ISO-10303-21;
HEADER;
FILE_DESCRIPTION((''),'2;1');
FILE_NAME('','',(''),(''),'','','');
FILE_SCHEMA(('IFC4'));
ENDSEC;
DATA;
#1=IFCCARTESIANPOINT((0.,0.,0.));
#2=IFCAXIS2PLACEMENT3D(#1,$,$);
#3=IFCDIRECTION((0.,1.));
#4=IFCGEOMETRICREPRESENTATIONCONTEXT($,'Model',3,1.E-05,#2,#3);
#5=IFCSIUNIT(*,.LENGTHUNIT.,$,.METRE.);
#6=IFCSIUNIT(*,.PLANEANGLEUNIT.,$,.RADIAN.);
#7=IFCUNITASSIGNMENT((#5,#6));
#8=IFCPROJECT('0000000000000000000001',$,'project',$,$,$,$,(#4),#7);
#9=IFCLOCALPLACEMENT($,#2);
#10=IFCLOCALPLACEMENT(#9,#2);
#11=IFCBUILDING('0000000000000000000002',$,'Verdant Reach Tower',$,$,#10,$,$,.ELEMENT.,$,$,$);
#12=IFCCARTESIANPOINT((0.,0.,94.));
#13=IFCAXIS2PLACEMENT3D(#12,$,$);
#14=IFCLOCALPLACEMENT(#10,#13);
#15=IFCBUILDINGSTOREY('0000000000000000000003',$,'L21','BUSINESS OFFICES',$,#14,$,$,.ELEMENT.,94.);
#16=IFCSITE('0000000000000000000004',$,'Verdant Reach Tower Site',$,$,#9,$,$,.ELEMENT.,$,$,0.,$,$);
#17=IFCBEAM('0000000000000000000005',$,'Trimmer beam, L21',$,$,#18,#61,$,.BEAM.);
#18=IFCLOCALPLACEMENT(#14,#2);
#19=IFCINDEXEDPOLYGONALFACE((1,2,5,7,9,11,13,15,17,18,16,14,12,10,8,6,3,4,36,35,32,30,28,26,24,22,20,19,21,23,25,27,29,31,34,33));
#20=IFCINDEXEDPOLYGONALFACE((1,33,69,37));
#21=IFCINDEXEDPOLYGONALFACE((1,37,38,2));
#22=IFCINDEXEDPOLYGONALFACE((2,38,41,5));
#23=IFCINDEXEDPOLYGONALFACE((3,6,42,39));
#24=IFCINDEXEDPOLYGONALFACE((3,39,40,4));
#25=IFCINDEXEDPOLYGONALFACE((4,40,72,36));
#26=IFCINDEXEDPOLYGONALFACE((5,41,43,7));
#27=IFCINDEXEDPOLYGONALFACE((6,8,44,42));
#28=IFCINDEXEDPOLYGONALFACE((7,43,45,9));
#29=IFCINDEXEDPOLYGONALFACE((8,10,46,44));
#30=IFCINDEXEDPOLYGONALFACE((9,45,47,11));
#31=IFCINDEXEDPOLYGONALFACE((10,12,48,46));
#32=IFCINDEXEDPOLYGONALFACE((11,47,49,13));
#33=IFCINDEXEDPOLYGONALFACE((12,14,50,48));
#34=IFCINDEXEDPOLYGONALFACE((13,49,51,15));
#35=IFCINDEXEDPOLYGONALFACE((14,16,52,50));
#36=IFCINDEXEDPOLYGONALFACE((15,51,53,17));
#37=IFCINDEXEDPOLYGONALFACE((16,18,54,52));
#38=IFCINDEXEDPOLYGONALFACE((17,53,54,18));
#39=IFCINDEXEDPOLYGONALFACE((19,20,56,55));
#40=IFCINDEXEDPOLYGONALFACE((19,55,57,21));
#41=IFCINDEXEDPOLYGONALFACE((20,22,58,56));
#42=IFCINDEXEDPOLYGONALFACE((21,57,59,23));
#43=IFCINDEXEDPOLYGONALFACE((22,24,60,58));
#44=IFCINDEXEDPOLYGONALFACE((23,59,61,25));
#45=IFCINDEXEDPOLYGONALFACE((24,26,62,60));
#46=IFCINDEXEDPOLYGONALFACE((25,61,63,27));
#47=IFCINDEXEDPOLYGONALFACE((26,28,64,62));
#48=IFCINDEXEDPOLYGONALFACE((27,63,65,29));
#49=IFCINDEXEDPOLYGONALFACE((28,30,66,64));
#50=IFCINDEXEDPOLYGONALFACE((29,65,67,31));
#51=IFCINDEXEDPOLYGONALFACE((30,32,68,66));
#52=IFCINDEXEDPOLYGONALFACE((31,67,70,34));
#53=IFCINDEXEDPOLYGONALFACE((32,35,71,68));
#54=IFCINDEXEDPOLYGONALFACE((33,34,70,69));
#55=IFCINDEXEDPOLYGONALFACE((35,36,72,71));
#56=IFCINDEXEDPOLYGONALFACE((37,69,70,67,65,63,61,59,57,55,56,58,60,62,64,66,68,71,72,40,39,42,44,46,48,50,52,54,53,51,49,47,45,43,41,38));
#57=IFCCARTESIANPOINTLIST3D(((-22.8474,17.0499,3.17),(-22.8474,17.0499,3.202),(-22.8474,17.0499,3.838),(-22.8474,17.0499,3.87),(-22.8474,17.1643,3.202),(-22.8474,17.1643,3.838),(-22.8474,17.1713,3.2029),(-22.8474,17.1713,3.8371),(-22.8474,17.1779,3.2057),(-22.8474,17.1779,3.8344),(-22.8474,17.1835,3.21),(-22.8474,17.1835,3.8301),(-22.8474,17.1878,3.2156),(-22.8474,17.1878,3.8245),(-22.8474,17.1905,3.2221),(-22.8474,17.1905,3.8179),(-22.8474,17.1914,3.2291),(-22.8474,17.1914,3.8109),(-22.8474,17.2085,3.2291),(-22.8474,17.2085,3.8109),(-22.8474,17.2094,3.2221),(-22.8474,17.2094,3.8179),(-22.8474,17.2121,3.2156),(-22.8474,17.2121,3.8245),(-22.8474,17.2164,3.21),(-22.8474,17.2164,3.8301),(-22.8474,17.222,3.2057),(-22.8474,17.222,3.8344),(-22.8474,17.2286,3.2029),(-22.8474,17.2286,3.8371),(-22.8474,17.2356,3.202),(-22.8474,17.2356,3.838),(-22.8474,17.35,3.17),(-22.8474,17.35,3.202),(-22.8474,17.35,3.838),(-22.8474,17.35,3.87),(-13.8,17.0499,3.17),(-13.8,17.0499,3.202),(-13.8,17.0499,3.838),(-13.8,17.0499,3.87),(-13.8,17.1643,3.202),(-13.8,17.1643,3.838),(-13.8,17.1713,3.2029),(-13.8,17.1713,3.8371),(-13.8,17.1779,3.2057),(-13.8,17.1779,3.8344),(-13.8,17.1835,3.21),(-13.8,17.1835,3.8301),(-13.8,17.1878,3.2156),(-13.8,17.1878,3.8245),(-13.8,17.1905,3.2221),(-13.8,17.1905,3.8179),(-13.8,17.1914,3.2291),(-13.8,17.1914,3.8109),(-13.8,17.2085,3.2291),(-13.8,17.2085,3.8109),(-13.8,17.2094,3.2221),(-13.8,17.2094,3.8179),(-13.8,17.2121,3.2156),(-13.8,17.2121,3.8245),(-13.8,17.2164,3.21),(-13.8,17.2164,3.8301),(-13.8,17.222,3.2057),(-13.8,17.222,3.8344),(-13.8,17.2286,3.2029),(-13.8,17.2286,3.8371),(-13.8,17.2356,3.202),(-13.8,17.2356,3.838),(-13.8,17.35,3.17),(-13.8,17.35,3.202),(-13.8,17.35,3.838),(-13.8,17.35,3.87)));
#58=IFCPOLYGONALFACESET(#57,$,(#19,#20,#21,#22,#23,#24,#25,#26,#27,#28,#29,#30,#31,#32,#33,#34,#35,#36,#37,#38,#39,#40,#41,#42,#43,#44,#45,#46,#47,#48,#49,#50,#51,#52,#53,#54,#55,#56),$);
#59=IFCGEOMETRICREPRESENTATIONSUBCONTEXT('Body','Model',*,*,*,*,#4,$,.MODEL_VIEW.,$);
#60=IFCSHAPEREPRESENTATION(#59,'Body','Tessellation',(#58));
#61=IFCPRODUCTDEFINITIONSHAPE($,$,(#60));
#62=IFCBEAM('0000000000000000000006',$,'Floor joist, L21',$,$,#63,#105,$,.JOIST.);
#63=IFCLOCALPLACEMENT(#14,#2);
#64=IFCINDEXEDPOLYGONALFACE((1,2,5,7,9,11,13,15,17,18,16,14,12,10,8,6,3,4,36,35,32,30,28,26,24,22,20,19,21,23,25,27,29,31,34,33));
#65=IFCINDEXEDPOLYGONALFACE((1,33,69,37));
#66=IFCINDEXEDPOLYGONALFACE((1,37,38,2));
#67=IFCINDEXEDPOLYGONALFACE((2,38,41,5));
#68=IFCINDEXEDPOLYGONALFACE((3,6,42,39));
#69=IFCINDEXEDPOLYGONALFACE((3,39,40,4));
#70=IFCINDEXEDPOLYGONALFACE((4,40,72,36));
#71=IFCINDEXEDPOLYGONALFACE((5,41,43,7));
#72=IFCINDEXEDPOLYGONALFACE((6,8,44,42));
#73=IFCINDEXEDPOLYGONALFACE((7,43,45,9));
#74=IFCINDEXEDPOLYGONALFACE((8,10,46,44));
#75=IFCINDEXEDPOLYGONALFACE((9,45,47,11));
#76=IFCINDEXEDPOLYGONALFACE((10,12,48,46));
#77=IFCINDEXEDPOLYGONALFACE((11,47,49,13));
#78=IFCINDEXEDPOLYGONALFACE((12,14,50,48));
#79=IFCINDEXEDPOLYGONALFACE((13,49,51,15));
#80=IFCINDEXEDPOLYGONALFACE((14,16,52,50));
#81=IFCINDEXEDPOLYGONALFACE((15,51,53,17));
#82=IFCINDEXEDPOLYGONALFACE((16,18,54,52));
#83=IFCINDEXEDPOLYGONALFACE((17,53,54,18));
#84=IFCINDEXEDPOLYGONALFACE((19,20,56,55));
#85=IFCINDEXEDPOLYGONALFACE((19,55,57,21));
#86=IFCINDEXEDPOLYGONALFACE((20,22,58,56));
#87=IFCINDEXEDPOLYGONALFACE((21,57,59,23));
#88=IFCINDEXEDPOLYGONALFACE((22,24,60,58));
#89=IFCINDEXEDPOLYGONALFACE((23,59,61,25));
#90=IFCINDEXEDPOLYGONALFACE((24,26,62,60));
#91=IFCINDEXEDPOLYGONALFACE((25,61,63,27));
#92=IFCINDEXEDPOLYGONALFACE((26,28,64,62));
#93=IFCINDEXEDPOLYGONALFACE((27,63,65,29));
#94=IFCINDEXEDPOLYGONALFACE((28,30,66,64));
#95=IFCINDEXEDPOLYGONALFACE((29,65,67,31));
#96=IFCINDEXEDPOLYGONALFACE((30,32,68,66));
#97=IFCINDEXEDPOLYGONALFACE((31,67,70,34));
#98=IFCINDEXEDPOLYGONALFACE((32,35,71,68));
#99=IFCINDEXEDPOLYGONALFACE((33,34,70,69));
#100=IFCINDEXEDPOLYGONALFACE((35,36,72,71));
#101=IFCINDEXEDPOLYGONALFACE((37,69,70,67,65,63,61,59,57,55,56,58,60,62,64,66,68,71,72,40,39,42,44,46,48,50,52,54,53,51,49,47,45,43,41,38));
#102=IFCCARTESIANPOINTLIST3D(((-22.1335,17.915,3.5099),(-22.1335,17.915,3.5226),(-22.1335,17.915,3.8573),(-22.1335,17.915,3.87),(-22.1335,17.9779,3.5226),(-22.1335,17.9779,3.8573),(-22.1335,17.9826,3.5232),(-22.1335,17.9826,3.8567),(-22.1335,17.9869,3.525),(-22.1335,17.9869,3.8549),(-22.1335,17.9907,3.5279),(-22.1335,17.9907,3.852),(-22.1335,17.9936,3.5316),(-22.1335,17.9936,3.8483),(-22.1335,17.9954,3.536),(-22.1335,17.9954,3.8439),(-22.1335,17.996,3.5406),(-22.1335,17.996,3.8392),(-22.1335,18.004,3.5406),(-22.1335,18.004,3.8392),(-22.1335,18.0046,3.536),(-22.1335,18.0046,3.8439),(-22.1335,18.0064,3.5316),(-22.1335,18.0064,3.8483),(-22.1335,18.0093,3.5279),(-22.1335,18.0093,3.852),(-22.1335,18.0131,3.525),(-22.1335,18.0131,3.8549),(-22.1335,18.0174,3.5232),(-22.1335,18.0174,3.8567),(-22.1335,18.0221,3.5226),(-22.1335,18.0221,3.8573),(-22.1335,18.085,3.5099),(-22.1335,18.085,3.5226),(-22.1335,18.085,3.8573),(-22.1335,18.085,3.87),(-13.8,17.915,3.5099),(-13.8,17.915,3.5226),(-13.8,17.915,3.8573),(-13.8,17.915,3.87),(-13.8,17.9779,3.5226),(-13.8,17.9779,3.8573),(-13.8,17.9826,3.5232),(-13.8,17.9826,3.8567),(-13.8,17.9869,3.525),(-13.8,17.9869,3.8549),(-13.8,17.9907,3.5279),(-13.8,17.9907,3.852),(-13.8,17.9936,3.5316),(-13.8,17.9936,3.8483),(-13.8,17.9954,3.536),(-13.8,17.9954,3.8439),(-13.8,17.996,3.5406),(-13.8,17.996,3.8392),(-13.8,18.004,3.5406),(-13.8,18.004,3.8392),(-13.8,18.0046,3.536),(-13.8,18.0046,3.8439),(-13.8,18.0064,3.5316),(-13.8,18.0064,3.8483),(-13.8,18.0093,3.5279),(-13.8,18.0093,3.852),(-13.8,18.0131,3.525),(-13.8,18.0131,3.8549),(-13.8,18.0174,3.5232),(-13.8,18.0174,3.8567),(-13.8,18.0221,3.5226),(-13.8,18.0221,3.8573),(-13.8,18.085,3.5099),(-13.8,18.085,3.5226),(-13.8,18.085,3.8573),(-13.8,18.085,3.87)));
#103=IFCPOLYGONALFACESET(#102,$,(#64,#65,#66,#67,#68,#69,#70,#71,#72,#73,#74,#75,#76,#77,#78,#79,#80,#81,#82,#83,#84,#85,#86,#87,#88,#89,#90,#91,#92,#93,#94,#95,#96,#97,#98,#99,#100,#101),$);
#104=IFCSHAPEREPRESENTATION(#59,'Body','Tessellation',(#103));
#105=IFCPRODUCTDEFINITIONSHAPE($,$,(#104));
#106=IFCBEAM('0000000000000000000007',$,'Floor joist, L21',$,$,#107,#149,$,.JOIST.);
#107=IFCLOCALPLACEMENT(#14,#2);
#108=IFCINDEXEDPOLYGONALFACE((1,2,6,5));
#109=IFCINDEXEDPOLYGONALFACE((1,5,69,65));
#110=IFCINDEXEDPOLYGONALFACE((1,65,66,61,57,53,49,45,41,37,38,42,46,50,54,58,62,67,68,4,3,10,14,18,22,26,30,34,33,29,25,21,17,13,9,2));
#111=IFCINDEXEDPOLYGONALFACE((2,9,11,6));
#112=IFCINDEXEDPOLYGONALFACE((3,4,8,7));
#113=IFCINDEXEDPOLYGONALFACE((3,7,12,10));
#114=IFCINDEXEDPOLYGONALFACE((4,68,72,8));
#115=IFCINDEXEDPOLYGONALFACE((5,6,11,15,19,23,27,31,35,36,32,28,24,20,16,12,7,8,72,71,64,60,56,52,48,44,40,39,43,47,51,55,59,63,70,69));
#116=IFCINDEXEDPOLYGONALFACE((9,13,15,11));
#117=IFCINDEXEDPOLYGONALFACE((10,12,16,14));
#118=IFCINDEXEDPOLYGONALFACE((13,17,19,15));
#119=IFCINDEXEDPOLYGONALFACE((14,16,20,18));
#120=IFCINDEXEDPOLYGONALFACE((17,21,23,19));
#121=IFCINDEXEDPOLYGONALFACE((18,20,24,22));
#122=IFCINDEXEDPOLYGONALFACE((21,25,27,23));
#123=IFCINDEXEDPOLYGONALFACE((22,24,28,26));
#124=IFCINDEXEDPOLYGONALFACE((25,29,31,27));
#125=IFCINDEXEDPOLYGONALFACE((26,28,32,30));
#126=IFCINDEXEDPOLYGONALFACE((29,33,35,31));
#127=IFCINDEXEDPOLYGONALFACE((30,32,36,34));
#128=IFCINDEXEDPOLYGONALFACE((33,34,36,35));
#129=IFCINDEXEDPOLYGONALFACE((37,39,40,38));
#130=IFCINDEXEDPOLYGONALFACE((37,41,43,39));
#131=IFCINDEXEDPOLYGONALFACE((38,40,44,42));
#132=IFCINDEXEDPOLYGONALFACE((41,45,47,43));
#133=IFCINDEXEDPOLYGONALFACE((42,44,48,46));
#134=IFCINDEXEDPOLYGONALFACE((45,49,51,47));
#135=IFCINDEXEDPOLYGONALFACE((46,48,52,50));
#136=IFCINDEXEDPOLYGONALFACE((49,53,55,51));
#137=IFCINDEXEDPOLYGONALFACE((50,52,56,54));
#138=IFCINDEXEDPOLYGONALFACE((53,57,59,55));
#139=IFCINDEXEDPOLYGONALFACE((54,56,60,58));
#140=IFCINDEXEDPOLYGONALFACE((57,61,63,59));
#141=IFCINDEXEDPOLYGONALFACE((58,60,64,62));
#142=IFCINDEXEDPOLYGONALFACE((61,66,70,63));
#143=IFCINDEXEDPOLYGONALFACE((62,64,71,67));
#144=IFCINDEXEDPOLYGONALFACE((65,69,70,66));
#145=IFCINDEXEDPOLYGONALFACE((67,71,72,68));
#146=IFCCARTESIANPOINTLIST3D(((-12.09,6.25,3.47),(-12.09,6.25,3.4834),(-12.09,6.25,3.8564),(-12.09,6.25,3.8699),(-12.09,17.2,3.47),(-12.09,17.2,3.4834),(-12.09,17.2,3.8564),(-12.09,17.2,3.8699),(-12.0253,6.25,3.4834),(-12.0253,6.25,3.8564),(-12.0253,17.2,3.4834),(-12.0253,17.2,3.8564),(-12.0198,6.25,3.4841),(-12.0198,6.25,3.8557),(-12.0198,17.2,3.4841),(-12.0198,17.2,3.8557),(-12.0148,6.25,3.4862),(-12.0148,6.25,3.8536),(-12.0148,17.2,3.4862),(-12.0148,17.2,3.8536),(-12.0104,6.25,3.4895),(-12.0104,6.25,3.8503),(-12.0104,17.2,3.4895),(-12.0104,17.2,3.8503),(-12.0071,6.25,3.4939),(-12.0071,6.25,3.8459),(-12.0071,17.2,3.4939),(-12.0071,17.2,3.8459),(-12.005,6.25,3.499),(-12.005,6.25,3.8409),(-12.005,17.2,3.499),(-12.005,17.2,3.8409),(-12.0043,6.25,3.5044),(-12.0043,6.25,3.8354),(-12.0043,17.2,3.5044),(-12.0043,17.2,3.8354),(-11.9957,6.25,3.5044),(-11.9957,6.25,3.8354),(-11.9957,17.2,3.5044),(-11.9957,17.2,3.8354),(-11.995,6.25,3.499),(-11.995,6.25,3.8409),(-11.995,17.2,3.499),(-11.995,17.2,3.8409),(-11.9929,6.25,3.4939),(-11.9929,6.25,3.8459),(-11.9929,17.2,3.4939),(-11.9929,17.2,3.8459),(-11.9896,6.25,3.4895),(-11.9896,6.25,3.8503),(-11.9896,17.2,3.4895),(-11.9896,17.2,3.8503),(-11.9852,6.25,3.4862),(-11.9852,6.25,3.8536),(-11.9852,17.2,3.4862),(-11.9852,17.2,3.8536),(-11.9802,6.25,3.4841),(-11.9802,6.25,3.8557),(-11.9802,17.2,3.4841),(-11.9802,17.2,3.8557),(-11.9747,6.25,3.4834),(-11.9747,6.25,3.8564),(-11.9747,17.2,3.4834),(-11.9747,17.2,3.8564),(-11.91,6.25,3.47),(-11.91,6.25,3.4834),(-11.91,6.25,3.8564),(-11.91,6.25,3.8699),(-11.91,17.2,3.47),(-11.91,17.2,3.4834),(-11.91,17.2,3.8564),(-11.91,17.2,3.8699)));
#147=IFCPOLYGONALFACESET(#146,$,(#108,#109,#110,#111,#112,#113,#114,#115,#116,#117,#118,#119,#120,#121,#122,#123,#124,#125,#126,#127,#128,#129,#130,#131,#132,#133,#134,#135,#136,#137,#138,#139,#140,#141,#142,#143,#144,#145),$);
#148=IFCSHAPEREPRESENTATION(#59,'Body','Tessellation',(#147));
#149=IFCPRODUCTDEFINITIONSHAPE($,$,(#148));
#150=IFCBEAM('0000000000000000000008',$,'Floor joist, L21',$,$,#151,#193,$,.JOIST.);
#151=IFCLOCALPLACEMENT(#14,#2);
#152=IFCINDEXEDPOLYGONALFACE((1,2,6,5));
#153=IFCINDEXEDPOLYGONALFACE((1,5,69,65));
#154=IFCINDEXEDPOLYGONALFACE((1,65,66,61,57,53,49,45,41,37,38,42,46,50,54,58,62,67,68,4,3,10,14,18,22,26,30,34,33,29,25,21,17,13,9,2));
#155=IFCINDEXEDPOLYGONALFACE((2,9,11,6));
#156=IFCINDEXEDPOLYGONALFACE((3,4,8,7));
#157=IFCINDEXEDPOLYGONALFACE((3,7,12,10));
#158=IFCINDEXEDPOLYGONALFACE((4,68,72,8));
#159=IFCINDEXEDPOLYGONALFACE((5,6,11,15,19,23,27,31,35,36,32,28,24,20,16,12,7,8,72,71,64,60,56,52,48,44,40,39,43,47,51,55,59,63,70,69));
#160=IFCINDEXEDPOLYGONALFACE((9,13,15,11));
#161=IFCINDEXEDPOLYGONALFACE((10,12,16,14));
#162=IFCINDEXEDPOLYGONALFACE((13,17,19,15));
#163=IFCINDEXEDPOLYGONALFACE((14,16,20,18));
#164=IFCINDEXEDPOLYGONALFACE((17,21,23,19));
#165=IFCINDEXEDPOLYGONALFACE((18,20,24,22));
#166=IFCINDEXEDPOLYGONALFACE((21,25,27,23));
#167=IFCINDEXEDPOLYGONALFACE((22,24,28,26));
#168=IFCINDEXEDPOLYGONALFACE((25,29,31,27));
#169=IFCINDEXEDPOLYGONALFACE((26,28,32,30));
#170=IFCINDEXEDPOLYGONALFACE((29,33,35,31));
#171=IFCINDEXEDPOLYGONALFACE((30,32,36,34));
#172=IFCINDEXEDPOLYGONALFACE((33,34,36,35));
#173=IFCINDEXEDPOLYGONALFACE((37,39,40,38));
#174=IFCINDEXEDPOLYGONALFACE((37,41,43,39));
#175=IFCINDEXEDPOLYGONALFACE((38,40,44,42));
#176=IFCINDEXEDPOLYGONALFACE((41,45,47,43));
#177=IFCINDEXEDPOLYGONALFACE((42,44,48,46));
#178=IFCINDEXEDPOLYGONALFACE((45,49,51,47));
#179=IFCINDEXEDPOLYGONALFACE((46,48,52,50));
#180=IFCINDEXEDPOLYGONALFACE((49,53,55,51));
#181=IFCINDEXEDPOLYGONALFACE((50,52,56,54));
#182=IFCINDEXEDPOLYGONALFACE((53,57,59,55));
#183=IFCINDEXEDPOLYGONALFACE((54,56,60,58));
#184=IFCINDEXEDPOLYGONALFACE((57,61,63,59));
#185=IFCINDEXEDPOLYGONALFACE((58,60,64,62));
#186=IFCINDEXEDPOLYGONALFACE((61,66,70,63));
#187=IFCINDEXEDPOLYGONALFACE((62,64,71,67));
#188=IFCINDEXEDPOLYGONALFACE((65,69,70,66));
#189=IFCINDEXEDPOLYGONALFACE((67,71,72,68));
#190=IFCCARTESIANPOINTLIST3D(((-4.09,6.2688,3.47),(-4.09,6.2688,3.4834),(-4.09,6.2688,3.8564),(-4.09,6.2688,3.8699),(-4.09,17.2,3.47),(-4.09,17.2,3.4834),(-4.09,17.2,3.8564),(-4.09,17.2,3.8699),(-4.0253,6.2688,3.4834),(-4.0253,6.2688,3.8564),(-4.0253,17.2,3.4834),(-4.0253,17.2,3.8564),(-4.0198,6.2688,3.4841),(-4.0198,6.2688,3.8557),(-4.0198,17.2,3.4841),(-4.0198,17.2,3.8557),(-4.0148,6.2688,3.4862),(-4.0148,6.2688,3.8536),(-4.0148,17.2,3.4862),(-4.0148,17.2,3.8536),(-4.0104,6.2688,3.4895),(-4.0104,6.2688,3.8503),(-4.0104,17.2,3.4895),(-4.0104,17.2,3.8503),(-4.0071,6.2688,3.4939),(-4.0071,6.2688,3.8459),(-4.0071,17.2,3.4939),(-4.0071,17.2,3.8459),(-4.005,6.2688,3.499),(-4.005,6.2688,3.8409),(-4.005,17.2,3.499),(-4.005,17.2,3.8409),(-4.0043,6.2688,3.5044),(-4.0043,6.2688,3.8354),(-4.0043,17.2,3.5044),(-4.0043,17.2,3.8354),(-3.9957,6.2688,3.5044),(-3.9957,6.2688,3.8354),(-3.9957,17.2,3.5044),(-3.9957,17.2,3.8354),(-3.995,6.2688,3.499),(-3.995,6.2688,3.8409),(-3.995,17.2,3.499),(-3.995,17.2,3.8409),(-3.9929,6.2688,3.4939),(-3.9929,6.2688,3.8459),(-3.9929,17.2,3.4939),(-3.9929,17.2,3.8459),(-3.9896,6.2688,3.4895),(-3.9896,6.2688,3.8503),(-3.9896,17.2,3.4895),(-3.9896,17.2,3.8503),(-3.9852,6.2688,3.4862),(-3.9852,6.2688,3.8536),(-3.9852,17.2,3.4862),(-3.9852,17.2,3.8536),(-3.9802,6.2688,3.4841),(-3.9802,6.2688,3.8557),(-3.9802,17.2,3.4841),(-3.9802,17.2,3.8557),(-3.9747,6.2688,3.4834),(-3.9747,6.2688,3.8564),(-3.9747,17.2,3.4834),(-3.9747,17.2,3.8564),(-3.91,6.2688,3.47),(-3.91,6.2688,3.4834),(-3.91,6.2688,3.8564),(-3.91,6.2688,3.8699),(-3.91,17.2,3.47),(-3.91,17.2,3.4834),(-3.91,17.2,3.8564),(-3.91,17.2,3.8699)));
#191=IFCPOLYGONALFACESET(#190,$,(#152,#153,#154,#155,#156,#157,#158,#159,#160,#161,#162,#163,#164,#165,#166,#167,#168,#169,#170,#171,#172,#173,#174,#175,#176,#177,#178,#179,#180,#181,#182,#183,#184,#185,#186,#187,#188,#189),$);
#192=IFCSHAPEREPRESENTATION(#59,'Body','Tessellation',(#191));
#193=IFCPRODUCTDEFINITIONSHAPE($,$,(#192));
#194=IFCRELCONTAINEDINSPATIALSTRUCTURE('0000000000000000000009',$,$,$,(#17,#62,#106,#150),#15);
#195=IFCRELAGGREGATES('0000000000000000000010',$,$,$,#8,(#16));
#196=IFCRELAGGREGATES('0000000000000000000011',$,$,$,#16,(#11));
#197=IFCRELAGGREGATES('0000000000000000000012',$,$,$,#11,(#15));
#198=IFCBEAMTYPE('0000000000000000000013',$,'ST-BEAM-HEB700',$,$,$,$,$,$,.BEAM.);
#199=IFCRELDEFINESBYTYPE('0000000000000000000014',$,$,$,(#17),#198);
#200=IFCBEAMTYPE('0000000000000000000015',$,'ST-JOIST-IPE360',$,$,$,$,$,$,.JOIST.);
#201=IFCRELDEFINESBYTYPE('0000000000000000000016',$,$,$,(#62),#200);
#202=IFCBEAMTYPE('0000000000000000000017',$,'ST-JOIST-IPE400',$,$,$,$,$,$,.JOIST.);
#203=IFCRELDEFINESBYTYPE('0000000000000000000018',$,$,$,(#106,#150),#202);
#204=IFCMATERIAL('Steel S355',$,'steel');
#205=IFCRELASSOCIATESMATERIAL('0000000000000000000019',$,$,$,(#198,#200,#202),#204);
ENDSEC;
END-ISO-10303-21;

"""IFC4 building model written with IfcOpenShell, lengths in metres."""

from ifc_helpers import new_model, si_unit, direction, frame, origin, origin_2d, place, context, subcontext, project, spatial, i_section, extrude, material, material_profile, profile_set, type_object, element, save


model = new_model("IFC4")

# Units and contexts
model_context = context("Model", 3, precision=1e-05, world=origin(), true_north=direction((0.0, 1.0)))
body_context = subcontext(model_context, "Body", "Model", "MODEL_VIEW")
ifc_project = project(units=[si_unit("LENGTHUNIT", "METRE"), si_unit("PLANEANGLEUNIT", "RADIAN")], contexts=[model_context])

# Site, building, storey
site_placement = place(None, origin())
site = spatial("IfcSite", under=ifc_project, at=site_placement, Name="Verdant Reach Tower Site", CompositionType="ELEMENT", RefElevation=0.0)
building_placement = place(site_placement, origin())
building = spatial("IfcBuilding", under=site, at=building_placement, Name="Verdant Reach Tower", CompositionType="ELEMENT")
storey_placement = place(building_placement, frame((0.0, 0.0, 94.0)))
storey = spatial("IfcBuildingStorey", under=building, at=storey_placement, Name="L21", Description="BUSINESS OFFICES", CompositionType="ELEMENT", Elevation=94.0)

# Beams
ifc_material_1 = material(Name="Steel S355", Category="steel")
ifc_material_profile_1 = material_profile(ifc_material_1, i_section(OverallWidth=0.3, OverallDepth=0.7, WebThickness=0.0171, FlangeThickness=0.032, FilletRadius=0.0271, at=origin_2d()), Name="HEB 700")
ifc_profile_set_1 = profile_set([ifc_material_profile_1], Name="Steel S355")
beam_type_1 = type_object("IfcBeamType", Name="ST-BEAM-HEB700", PredefinedType="BEAM", material=ifc_profile_set_1)
beam_1_placement = place(storey_placement, frame((-13.8, 17.2, 3.52), z_axis=(-1.0, 0.0, 0.0), x_axis=(0.0, -1.0, 0.0)))
element("IfcBeam", 1, at=beam_1_placement, inside=storey, type_object=beam_type_1, Name="Trimmer beam, L21", PredefinedType="BEAM", context=body_context, shape_type="SweptSolid", body=[
    extrude(i_section(OverallWidth=0.3, OverallDepth=0.7, WebThickness=0.0171, FlangeThickness=0.032, FilletRadius=0.0271, at=origin_2d()), origin(), (0.0, 0.0, 1.0), 9.0474),
])
ifc_material_profile_2 = material_profile(ifc_material_1, i_section(OverallWidth=0.1699, OverallDepth=0.3601, WebThickness=0.0081, FlangeThickness=0.0127, FilletRadius=0.0181, at=origin_2d()), Name="IPE 360")
ifc_profile_set_2 = profile_set([ifc_material_profile_2], Name="Steel S355")
beam_type_2 = type_object("IfcBeamType", Name="ST-JOIST-IPE360", PredefinedType="JOIST", material=ifc_profile_set_2)
beam_2_placement = place(storey_placement, frame((-13.8, 18.0, 3.6899), z_axis=(-1.0, 0.0, 0.0), x_axis=(0.0, -1.0, 0.0)))
element("IfcBeam", 2, at=beam_2_placement, inside=storey, type_object=beam_type_2, Name="Floor joist, L21", PredefinedType="JOIST", context=body_context, shape_type="SweptSolid", body=[
    extrude(i_section(OverallWidth=0.1699, OverallDepth=0.3601, WebThickness=0.0081, FlangeThickness=0.0127, FilletRadius=0.0181, at=origin_2d()), origin(), (0.0, 0.0, 1.0), 8.3335),
])
ifc_material_profile_3 = material_profile(ifc_material_1, i_section(OverallWidth=0.1799, OverallDepth=0.3999, WebThickness=0.0085, FlangeThickness=0.0134, FilletRadius=0.021, at=origin_2d()), Name="IPE 400")
ifc_profile_set_3 = profile_set([ifc_material_profile_3], Name="Steel S355")
beam_type_3 = type_object("IfcBeamType", Name="ST-JOIST-IPE400", PredefinedType="JOIST", material=ifc_profile_set_3)
beam_3_placement = place(storey_placement, frame((-12.0, 17.2, 3.6699), z_axis=(0.0, -1.0, 0.0), x_axis=(1.0, 0.0, 0.0)))
element("IfcBeam", 3, at=beam_3_placement, inside=storey, type_object=beam_type_3, Name="Floor joist, L21", PredefinedType="JOIST", context=body_context, shape_type="SweptSolid", body=[
    extrude(i_section(OverallWidth=0.1799, OverallDepth=0.3999, WebThickness=0.0085, FlangeThickness=0.0134, FilletRadius=0.021, at=origin_2d()), origin(), (0.0, 0.0, 1.0), 10.95),
])
beam_4_placement = place(storey_placement, frame((-4.0, 17.2, 3.6699), z_axis=(0.0, -1.0, 0.0), x_axis=(1.0, 0.0, 0.0)))
element("IfcBeam", 4, at=beam_4_placement, inside=storey, type_object=beam_type_3, Name="Floor joist, L21", PredefinedType="JOIST", context=body_context, shape_type="SweptSolid", body=[
    extrude(i_section(OverallWidth=0.1799, OverallDepth=0.3999, WebThickness=0.0085, FlangeThickness=0.0134, FilletRadius=0.021, at=origin_2d()), origin(), (0.0, 0.0, 1.0), 10.9312),
])

save(model, "model.ifc")
